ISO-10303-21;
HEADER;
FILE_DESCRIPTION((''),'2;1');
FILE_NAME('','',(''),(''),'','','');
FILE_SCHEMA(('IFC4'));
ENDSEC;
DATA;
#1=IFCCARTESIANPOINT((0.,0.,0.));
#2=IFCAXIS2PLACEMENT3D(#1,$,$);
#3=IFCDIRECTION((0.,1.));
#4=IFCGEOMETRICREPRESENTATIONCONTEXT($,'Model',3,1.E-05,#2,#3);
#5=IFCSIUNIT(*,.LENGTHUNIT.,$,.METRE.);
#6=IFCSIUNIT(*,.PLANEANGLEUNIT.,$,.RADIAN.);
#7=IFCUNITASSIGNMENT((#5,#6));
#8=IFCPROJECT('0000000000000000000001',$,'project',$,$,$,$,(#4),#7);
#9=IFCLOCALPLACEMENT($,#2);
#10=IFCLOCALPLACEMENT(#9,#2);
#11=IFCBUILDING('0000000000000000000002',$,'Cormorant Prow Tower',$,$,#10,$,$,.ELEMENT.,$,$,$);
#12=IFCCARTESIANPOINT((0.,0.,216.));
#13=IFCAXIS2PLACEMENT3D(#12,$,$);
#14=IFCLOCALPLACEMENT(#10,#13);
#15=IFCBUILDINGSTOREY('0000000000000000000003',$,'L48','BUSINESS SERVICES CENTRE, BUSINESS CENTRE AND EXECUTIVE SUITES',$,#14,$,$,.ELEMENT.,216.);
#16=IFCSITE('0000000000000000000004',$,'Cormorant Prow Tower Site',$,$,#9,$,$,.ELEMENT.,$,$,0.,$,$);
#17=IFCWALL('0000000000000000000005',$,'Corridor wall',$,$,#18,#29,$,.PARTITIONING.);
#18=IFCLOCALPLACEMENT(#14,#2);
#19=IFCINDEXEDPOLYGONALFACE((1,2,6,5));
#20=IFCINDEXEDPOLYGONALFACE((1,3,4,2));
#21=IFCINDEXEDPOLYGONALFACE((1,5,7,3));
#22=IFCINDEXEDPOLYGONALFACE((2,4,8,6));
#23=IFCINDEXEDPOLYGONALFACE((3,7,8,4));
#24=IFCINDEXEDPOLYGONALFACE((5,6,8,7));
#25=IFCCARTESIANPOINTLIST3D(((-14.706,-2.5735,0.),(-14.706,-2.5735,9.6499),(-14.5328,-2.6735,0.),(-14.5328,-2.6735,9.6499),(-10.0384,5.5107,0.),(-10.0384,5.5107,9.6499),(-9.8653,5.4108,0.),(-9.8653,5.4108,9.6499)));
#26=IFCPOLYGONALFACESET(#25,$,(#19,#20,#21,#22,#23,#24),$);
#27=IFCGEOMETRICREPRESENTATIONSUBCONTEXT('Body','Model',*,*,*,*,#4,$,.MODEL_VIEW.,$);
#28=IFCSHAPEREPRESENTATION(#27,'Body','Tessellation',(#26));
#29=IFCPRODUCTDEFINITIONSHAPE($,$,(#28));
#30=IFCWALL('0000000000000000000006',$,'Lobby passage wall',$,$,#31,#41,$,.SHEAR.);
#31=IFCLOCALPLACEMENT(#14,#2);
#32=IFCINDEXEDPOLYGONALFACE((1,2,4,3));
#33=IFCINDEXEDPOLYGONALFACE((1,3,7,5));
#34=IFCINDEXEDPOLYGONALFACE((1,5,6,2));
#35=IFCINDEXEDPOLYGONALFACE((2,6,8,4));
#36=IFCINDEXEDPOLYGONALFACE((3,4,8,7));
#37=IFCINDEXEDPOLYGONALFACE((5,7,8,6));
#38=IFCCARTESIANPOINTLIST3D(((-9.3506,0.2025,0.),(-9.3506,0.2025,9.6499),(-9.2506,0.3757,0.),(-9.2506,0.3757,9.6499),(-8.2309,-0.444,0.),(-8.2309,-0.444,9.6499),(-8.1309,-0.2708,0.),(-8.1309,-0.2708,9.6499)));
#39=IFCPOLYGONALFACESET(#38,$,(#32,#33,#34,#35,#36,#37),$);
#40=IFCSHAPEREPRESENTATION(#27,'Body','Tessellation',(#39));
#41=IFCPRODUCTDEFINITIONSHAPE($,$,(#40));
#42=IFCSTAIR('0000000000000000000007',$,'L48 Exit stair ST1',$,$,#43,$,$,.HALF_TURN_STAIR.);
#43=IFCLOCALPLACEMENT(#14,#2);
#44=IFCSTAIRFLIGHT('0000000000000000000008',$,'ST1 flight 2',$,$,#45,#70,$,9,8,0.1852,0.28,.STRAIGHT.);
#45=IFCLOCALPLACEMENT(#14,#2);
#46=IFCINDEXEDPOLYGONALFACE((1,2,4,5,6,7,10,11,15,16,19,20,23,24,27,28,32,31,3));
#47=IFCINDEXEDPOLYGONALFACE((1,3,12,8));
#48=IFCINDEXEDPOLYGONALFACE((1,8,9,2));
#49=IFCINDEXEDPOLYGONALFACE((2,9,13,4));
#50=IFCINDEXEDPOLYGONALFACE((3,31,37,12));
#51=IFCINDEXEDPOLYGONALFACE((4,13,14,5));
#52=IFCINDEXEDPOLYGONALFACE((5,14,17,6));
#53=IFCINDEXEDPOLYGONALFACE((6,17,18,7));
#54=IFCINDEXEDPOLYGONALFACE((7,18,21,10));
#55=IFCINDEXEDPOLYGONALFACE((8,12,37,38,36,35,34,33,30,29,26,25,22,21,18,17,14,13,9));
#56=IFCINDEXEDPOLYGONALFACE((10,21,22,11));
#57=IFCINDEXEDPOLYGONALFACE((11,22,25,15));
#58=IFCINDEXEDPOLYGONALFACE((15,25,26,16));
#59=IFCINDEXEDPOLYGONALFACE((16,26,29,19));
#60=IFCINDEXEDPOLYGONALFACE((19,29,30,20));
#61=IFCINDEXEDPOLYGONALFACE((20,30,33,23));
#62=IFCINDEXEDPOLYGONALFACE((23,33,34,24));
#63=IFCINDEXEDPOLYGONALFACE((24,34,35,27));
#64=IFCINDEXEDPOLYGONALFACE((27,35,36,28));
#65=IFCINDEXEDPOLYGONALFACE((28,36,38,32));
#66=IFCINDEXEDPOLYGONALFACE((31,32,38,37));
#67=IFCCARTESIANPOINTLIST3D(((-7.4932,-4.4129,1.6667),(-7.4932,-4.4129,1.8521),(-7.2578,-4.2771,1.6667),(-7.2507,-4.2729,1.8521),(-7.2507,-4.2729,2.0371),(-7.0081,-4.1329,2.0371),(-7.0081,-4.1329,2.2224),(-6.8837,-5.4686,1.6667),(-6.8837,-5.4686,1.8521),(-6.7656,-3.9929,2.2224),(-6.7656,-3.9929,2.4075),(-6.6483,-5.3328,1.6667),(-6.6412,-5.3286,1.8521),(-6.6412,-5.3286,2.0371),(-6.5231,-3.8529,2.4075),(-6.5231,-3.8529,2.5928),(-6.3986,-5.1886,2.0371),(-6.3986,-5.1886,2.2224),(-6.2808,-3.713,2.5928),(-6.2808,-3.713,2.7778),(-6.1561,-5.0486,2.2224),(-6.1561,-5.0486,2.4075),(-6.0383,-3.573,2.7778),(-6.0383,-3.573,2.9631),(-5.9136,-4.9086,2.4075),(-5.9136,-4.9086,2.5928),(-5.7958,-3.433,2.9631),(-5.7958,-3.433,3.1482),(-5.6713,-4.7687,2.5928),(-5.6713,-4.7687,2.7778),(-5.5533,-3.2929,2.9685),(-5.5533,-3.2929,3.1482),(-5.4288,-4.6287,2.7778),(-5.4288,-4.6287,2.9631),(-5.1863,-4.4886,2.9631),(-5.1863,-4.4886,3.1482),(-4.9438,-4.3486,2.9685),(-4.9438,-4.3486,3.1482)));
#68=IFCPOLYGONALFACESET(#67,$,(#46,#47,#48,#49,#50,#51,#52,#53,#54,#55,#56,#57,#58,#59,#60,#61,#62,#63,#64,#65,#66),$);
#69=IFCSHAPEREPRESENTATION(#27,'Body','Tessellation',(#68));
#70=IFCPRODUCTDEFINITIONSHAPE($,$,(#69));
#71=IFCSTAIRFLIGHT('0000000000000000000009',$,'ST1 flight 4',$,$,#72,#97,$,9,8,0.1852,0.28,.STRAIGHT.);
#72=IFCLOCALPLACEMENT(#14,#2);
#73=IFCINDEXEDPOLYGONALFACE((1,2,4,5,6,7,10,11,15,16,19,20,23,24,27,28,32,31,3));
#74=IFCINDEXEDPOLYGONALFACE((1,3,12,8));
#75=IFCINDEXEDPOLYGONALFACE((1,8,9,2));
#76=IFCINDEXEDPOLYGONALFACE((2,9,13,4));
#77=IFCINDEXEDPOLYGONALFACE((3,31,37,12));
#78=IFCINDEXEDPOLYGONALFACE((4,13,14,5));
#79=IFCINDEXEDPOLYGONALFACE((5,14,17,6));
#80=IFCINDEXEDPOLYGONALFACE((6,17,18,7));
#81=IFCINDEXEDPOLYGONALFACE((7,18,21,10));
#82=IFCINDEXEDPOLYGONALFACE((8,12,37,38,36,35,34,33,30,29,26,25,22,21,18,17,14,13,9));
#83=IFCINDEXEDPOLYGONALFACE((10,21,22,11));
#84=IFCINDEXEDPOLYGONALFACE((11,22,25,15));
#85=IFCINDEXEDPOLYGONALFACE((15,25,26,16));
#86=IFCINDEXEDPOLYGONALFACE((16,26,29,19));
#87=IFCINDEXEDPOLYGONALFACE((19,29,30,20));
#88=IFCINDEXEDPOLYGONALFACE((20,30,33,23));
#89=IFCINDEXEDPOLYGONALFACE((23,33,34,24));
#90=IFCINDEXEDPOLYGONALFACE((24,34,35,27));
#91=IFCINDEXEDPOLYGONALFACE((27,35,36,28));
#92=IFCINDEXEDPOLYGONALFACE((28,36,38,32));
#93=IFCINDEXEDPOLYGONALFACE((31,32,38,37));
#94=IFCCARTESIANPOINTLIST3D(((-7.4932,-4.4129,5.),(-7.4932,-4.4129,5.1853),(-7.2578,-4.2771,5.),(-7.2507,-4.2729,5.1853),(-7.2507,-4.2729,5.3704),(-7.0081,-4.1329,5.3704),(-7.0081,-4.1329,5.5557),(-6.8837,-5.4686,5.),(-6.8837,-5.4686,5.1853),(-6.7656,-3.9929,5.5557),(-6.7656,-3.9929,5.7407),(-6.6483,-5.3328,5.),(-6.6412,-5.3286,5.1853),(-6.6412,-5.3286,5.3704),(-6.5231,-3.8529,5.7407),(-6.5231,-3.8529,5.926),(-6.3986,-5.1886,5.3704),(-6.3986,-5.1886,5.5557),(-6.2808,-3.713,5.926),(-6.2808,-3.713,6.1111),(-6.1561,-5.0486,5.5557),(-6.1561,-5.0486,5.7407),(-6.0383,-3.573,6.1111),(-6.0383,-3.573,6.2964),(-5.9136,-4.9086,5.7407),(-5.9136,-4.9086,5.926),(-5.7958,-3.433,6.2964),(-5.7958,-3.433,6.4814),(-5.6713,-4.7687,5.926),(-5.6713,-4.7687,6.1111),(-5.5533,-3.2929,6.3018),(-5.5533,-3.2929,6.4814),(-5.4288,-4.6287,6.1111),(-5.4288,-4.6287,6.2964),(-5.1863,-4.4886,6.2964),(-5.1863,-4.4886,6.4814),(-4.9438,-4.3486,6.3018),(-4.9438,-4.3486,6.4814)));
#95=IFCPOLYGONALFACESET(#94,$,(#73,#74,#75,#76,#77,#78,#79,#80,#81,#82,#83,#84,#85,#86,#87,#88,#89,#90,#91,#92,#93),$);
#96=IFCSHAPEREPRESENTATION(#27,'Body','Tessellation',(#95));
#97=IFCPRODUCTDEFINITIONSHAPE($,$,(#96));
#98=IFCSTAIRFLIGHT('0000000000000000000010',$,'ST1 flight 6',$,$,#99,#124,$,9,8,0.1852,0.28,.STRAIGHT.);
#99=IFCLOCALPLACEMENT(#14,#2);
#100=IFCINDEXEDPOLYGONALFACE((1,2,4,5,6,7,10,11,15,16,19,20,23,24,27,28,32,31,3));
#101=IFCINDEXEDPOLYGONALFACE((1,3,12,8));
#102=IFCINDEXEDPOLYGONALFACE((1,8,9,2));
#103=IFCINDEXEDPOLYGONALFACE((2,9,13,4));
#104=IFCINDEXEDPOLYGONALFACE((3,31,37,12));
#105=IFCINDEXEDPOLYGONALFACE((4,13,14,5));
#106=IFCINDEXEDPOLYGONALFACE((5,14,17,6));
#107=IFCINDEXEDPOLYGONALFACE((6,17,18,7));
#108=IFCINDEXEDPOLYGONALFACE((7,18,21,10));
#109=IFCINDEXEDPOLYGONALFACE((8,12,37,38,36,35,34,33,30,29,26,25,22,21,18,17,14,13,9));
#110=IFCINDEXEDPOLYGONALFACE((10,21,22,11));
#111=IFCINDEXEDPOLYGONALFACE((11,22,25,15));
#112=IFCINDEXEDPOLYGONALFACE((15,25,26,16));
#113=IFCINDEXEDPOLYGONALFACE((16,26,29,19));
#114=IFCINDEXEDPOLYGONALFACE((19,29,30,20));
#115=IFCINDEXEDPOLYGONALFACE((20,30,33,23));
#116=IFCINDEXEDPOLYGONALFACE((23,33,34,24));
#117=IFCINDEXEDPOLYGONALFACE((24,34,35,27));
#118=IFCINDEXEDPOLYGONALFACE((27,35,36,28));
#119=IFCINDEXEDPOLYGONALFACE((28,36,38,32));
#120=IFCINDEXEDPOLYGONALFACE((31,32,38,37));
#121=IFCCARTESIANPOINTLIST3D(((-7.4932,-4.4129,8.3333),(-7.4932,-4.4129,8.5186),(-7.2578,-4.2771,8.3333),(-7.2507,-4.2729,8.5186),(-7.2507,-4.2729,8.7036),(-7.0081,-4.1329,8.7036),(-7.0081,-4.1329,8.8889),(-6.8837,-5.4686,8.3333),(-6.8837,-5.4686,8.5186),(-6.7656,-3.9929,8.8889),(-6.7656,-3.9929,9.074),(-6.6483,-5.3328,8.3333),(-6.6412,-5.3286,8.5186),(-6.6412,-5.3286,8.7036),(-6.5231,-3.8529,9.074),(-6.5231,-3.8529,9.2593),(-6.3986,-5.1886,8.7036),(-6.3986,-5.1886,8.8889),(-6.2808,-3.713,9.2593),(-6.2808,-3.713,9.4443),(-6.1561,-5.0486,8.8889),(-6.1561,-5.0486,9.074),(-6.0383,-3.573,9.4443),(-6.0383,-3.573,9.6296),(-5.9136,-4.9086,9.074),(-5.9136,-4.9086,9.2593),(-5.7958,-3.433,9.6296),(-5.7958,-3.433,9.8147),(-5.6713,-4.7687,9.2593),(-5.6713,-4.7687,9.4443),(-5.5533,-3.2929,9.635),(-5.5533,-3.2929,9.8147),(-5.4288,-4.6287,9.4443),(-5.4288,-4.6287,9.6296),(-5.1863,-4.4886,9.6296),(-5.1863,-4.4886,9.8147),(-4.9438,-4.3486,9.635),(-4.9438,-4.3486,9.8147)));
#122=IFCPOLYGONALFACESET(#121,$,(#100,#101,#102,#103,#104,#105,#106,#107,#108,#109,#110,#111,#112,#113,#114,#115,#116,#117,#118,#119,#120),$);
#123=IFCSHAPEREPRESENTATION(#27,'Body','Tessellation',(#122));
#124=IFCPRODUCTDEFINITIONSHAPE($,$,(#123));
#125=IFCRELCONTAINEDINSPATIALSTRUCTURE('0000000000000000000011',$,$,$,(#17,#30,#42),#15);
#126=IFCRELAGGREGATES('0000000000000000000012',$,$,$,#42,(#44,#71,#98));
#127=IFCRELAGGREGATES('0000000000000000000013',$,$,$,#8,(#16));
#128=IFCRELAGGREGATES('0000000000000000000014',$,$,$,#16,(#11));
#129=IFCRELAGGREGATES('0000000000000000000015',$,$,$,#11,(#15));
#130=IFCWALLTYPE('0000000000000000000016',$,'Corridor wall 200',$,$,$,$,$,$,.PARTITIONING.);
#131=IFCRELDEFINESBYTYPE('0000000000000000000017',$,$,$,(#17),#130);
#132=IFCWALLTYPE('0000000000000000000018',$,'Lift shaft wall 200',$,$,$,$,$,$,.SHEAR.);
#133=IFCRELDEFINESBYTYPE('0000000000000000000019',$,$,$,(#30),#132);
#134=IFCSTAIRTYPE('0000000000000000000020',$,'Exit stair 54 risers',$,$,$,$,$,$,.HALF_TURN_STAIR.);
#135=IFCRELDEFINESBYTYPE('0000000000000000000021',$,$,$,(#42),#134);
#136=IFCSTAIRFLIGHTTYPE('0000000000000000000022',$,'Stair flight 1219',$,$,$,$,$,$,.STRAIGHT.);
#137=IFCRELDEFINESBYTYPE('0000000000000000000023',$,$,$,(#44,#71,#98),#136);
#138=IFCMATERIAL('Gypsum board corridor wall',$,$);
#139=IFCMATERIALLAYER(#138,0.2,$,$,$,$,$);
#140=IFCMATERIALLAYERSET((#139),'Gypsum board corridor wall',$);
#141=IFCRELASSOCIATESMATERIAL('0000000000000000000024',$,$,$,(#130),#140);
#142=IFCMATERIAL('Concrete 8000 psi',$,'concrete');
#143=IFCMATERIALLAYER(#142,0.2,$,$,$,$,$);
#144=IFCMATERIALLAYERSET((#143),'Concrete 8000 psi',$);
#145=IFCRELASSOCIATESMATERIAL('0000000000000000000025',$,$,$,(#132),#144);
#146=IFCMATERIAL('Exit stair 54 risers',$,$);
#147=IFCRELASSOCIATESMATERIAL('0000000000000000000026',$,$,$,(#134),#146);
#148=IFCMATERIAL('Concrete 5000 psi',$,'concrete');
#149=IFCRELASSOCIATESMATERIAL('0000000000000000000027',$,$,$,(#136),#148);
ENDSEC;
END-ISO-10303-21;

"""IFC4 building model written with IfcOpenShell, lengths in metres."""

from ifc_helpers import new_model, si_unit, direction, frame, frame_2d, origin, place, context, subcontext, project, spatial, polyline, rectangle, outline, extrude, material, layer, layer_set, type_object, element, aggregate, save


model = new_model("IFC4")

# Units and contexts
model_context = context("Model", 3, precision=1e-05, world=origin(), true_north=direction((0.0, 1.0)))
body_context = subcontext(model_context, "Body", "Model", "MODEL_VIEW")
ifc_project = project(units=[si_unit("LENGTHUNIT", "METRE"), si_unit("PLANEANGLEUNIT", "RADIAN")], contexts=[model_context])

# Site, building, storey
site_placement = place(None, origin())
site = spatial("IfcSite", under=ifc_project, at=site_placement, Name="Cormorant Prow Tower Site", CompositionType="ELEMENT", RefElevation=0.0)
building_placement = place(site_placement, origin())
building = spatial("IfcBuilding", under=site, at=building_placement, Name="Cormorant Prow Tower", CompositionType="ELEMENT")
storey_placement = place(building_placement, frame((0.0, 0.0, 216.0)))
storey = spatial("IfcBuildingStorey", under=building, at=storey_placement, Name="L48", Description="BUSINESS SERVICES CENTRE, BUSINESS CENTRE AND EXECUTIVE SUITES", CompositionType="ELEMENT", Elevation=216.0)

# Walls
ifc_material_1 = material(Name="Gypsum board corridor wall")
ifc_layer_1 = layer(ifc_material_1, 0.2)
ifc_layer_set_1 = layer_set([ifc_layer_1], Name="Gypsum board corridor wall")
wall_type_1 = type_object("IfcWallType", Name="Corridor wall 200", PredefinedType="PARTITIONING", material=ifc_layer_set_1)
wall_1_placement = place(storey_placement, frame((-14.6194, -2.6235, 0.0), z_axis=(0.0, 0.0, 1.0), x_axis=(0.500004, 0.866023, 0.0)))
element("IfcWall", 1, at=wall_1_placement, inside=storey, type_object=wall_type_1, Name="Corridor wall", PredefinedType="PARTITIONING", context=body_context, shape_type="SweptSolid", body=[
    extrude(rectangle(XDim=9.335, YDim=0.2, at=frame_2d((4.6675, 0.0))), origin(), (0.0, 0.0, 1.0), 9.6499),
])
ifc_material_2 = material(Name="Concrete 8000 psi", Category="concrete")
ifc_layer_2 = layer(ifc_material_2, 0.2)
ifc_layer_set_2 = layer_set([ifc_layer_2], Name="Concrete 8000 psi")
wall_type_2 = type_object("IfcWallType", Name="Lift shaft wall 200", PredefinedType="SHEAR", material=ifc_layer_set_2)
wall_2_placement = place(storey_placement, frame((-8.1809, -0.3574, 0.0), z_axis=(0.0, 0.0, 1.0), x_axis=(-0.866003, 0.500038, 0.0)))
element("IfcWall", 2, at=wall_2_placement, inside=storey, type_object=wall_type_2, Name="Lobby passage wall", PredefinedType="SHEAR", context=body_context, shape_type="SweptSolid", body=[
    extrude(rectangle(XDim=1.293, YDim=0.2, at=frame_2d((0.6465, 0.0))), origin(), (0.0, 0.0, 1.0), 9.6499),
])

# Stair, stair flights
ifc_material_3 = material(Name="Exit stair 54 risers")
stair_type = type_object("IfcStairType", Name="Exit stair 54 risers", PredefinedType="HALF_TURN_STAIR", material=ifc_material_3)
stair_placement = place(storey_placement, origin())
stair = element("IfcStair", 3, at=stair_placement, inside=storey, type_object=stair_type, Name="L48 Exit stair ST1", PredefinedType="HALF_TURN_STAIR")
ifc_material_4 = material(Name="Concrete 5000 psi", Category="concrete")
stair_flight_type = type_object("IfcStairFlightType", Name="Stair flight 1219", PredefinedType="STRAIGHT", material=ifc_material_4)
stair_flight_1_placement = place(storey_placement, frame((-7.1885, -4.9407, 1.6667), z_axis=(0.0, 0.0, 1.0), x_axis=(0.866025, 0.5, 0.0)))
stair_flight_1 = element("IfcStairFlight", 4, at=stair_flight_1_placement, type_object=stair_flight_type, Name="ST1 flight 2", NumberOfRisers=9, NumberOfTreads=8, PredefinedType="STRAIGHT", RiserHeight=0.1852, TreadLength=0.28, context=body_context, shape_type="SweptSolid", body=[
    extrude(outline(polyline([(0.0, 0.0), (0.0, 0.1853), (0.28, 0.1853), (0.28, 0.3704), (0.5601, 0.3704), (0.5601, 0.5557), (0.8401, 0.5557), (0.8401, 0.7407), (1.1201, 0.7407), (1.1201, 0.926), (1.3999, 0.926), (1.3999, 1.1111), (1.6799, 1.1111), (1.6799, 1.2964), (1.96, 1.2964), (1.96, 1.4814), (2.24, 1.4814), (2.24, 1.6667), (2.24, 1.3018), (0.2717, 0.0), (0.0, 0.0)])), frame((0.0, 0.6094, 0.0), z_axis=(0.0, -1.0, 0.0), x_axis=(1.0, 0.0, 0.0)), (0.0, 0.0, 1.0), 1.219),
])
stair_flight_2_placement = place(storey_placement, frame((-7.1885, -4.9407, 5.0), z_axis=(0.0, 0.0, 1.0), x_axis=(0.866025, 0.5, 0.0)))
stair_flight_2 = element("IfcStairFlight", 5, at=stair_flight_2_placement, type_object=stair_flight_type, Name="ST1 flight 4", NumberOfRisers=9, NumberOfTreads=8, PredefinedType="STRAIGHT", RiserHeight=0.1852, TreadLength=0.28, context=body_context, shape_type="SweptSolid", body=[
    extrude(outline(polyline([(0.0, 0.0), (0.0, 0.1853), (0.28, 0.1853), (0.28, 0.3704), (0.5601, 0.3704), (0.5601, 0.5557), (0.8401, 0.5557), (0.8401, 0.7407), (1.1201, 0.7407), (1.1201, 0.926), (1.3999, 0.926), (1.3999, 1.1111), (1.6799, 1.1111), (1.6799, 1.2964), (1.96, 1.2964), (1.96, 1.4814), (2.24, 1.4814), (2.24, 1.6667), (2.24, 1.3018), (0.2717, 0.0), (0.0, 0.0)])), frame((0.0, 0.6094, 0.0), z_axis=(0.0, -1.0, 0.0), x_axis=(1.0, 0.0, 0.0)), (0.0, 0.0, 1.0), 1.219),
])
stair_flight_3_placement = place(storey_placement, frame((-7.1885, -4.9407, 8.3333), z_axis=(0.0, 0.0, 1.0), x_axis=(0.866025, 0.5, 0.0)))
stair_flight_3 = element("IfcStairFlight", 6, at=stair_flight_3_placement, type_object=stair_flight_type, Name="ST1 flight 6", NumberOfRisers=9, NumberOfTreads=8, PredefinedType="STRAIGHT", RiserHeight=0.1852, TreadLength=0.28, context=body_context, shape_type="SweptSolid", body=[
    extrude(outline(polyline([(0.0, 0.0), (0.0, 0.1853), (0.28, 0.1853), (0.28, 0.3704), (0.5601, 0.3704), (0.5601, 0.5557), (0.8401, 0.5557), (0.8401, 0.7407), (1.1201, 0.7407), (1.1201, 0.926), (1.3999, 0.926), (1.3999, 1.1111), (1.6799, 1.1111), (1.6799, 1.2964), (1.96, 1.2964), (1.96, 1.4814), (2.24, 1.4814), (2.24, 1.6667), (2.24, 1.3018), (0.2717, 0.0), (0.0, 0.0)])), frame((0.0, 0.6094, 0.0), z_axis=(0.0, -1.0, 0.0), x_axis=(1.0, 0.0, 0.0)), (0.0, 0.0, 1.0), 1.219),
])
aggregate(stair, [stair_flight_1, stair_flight_2, stair_flight_3])

save(model, "model.ifc")
